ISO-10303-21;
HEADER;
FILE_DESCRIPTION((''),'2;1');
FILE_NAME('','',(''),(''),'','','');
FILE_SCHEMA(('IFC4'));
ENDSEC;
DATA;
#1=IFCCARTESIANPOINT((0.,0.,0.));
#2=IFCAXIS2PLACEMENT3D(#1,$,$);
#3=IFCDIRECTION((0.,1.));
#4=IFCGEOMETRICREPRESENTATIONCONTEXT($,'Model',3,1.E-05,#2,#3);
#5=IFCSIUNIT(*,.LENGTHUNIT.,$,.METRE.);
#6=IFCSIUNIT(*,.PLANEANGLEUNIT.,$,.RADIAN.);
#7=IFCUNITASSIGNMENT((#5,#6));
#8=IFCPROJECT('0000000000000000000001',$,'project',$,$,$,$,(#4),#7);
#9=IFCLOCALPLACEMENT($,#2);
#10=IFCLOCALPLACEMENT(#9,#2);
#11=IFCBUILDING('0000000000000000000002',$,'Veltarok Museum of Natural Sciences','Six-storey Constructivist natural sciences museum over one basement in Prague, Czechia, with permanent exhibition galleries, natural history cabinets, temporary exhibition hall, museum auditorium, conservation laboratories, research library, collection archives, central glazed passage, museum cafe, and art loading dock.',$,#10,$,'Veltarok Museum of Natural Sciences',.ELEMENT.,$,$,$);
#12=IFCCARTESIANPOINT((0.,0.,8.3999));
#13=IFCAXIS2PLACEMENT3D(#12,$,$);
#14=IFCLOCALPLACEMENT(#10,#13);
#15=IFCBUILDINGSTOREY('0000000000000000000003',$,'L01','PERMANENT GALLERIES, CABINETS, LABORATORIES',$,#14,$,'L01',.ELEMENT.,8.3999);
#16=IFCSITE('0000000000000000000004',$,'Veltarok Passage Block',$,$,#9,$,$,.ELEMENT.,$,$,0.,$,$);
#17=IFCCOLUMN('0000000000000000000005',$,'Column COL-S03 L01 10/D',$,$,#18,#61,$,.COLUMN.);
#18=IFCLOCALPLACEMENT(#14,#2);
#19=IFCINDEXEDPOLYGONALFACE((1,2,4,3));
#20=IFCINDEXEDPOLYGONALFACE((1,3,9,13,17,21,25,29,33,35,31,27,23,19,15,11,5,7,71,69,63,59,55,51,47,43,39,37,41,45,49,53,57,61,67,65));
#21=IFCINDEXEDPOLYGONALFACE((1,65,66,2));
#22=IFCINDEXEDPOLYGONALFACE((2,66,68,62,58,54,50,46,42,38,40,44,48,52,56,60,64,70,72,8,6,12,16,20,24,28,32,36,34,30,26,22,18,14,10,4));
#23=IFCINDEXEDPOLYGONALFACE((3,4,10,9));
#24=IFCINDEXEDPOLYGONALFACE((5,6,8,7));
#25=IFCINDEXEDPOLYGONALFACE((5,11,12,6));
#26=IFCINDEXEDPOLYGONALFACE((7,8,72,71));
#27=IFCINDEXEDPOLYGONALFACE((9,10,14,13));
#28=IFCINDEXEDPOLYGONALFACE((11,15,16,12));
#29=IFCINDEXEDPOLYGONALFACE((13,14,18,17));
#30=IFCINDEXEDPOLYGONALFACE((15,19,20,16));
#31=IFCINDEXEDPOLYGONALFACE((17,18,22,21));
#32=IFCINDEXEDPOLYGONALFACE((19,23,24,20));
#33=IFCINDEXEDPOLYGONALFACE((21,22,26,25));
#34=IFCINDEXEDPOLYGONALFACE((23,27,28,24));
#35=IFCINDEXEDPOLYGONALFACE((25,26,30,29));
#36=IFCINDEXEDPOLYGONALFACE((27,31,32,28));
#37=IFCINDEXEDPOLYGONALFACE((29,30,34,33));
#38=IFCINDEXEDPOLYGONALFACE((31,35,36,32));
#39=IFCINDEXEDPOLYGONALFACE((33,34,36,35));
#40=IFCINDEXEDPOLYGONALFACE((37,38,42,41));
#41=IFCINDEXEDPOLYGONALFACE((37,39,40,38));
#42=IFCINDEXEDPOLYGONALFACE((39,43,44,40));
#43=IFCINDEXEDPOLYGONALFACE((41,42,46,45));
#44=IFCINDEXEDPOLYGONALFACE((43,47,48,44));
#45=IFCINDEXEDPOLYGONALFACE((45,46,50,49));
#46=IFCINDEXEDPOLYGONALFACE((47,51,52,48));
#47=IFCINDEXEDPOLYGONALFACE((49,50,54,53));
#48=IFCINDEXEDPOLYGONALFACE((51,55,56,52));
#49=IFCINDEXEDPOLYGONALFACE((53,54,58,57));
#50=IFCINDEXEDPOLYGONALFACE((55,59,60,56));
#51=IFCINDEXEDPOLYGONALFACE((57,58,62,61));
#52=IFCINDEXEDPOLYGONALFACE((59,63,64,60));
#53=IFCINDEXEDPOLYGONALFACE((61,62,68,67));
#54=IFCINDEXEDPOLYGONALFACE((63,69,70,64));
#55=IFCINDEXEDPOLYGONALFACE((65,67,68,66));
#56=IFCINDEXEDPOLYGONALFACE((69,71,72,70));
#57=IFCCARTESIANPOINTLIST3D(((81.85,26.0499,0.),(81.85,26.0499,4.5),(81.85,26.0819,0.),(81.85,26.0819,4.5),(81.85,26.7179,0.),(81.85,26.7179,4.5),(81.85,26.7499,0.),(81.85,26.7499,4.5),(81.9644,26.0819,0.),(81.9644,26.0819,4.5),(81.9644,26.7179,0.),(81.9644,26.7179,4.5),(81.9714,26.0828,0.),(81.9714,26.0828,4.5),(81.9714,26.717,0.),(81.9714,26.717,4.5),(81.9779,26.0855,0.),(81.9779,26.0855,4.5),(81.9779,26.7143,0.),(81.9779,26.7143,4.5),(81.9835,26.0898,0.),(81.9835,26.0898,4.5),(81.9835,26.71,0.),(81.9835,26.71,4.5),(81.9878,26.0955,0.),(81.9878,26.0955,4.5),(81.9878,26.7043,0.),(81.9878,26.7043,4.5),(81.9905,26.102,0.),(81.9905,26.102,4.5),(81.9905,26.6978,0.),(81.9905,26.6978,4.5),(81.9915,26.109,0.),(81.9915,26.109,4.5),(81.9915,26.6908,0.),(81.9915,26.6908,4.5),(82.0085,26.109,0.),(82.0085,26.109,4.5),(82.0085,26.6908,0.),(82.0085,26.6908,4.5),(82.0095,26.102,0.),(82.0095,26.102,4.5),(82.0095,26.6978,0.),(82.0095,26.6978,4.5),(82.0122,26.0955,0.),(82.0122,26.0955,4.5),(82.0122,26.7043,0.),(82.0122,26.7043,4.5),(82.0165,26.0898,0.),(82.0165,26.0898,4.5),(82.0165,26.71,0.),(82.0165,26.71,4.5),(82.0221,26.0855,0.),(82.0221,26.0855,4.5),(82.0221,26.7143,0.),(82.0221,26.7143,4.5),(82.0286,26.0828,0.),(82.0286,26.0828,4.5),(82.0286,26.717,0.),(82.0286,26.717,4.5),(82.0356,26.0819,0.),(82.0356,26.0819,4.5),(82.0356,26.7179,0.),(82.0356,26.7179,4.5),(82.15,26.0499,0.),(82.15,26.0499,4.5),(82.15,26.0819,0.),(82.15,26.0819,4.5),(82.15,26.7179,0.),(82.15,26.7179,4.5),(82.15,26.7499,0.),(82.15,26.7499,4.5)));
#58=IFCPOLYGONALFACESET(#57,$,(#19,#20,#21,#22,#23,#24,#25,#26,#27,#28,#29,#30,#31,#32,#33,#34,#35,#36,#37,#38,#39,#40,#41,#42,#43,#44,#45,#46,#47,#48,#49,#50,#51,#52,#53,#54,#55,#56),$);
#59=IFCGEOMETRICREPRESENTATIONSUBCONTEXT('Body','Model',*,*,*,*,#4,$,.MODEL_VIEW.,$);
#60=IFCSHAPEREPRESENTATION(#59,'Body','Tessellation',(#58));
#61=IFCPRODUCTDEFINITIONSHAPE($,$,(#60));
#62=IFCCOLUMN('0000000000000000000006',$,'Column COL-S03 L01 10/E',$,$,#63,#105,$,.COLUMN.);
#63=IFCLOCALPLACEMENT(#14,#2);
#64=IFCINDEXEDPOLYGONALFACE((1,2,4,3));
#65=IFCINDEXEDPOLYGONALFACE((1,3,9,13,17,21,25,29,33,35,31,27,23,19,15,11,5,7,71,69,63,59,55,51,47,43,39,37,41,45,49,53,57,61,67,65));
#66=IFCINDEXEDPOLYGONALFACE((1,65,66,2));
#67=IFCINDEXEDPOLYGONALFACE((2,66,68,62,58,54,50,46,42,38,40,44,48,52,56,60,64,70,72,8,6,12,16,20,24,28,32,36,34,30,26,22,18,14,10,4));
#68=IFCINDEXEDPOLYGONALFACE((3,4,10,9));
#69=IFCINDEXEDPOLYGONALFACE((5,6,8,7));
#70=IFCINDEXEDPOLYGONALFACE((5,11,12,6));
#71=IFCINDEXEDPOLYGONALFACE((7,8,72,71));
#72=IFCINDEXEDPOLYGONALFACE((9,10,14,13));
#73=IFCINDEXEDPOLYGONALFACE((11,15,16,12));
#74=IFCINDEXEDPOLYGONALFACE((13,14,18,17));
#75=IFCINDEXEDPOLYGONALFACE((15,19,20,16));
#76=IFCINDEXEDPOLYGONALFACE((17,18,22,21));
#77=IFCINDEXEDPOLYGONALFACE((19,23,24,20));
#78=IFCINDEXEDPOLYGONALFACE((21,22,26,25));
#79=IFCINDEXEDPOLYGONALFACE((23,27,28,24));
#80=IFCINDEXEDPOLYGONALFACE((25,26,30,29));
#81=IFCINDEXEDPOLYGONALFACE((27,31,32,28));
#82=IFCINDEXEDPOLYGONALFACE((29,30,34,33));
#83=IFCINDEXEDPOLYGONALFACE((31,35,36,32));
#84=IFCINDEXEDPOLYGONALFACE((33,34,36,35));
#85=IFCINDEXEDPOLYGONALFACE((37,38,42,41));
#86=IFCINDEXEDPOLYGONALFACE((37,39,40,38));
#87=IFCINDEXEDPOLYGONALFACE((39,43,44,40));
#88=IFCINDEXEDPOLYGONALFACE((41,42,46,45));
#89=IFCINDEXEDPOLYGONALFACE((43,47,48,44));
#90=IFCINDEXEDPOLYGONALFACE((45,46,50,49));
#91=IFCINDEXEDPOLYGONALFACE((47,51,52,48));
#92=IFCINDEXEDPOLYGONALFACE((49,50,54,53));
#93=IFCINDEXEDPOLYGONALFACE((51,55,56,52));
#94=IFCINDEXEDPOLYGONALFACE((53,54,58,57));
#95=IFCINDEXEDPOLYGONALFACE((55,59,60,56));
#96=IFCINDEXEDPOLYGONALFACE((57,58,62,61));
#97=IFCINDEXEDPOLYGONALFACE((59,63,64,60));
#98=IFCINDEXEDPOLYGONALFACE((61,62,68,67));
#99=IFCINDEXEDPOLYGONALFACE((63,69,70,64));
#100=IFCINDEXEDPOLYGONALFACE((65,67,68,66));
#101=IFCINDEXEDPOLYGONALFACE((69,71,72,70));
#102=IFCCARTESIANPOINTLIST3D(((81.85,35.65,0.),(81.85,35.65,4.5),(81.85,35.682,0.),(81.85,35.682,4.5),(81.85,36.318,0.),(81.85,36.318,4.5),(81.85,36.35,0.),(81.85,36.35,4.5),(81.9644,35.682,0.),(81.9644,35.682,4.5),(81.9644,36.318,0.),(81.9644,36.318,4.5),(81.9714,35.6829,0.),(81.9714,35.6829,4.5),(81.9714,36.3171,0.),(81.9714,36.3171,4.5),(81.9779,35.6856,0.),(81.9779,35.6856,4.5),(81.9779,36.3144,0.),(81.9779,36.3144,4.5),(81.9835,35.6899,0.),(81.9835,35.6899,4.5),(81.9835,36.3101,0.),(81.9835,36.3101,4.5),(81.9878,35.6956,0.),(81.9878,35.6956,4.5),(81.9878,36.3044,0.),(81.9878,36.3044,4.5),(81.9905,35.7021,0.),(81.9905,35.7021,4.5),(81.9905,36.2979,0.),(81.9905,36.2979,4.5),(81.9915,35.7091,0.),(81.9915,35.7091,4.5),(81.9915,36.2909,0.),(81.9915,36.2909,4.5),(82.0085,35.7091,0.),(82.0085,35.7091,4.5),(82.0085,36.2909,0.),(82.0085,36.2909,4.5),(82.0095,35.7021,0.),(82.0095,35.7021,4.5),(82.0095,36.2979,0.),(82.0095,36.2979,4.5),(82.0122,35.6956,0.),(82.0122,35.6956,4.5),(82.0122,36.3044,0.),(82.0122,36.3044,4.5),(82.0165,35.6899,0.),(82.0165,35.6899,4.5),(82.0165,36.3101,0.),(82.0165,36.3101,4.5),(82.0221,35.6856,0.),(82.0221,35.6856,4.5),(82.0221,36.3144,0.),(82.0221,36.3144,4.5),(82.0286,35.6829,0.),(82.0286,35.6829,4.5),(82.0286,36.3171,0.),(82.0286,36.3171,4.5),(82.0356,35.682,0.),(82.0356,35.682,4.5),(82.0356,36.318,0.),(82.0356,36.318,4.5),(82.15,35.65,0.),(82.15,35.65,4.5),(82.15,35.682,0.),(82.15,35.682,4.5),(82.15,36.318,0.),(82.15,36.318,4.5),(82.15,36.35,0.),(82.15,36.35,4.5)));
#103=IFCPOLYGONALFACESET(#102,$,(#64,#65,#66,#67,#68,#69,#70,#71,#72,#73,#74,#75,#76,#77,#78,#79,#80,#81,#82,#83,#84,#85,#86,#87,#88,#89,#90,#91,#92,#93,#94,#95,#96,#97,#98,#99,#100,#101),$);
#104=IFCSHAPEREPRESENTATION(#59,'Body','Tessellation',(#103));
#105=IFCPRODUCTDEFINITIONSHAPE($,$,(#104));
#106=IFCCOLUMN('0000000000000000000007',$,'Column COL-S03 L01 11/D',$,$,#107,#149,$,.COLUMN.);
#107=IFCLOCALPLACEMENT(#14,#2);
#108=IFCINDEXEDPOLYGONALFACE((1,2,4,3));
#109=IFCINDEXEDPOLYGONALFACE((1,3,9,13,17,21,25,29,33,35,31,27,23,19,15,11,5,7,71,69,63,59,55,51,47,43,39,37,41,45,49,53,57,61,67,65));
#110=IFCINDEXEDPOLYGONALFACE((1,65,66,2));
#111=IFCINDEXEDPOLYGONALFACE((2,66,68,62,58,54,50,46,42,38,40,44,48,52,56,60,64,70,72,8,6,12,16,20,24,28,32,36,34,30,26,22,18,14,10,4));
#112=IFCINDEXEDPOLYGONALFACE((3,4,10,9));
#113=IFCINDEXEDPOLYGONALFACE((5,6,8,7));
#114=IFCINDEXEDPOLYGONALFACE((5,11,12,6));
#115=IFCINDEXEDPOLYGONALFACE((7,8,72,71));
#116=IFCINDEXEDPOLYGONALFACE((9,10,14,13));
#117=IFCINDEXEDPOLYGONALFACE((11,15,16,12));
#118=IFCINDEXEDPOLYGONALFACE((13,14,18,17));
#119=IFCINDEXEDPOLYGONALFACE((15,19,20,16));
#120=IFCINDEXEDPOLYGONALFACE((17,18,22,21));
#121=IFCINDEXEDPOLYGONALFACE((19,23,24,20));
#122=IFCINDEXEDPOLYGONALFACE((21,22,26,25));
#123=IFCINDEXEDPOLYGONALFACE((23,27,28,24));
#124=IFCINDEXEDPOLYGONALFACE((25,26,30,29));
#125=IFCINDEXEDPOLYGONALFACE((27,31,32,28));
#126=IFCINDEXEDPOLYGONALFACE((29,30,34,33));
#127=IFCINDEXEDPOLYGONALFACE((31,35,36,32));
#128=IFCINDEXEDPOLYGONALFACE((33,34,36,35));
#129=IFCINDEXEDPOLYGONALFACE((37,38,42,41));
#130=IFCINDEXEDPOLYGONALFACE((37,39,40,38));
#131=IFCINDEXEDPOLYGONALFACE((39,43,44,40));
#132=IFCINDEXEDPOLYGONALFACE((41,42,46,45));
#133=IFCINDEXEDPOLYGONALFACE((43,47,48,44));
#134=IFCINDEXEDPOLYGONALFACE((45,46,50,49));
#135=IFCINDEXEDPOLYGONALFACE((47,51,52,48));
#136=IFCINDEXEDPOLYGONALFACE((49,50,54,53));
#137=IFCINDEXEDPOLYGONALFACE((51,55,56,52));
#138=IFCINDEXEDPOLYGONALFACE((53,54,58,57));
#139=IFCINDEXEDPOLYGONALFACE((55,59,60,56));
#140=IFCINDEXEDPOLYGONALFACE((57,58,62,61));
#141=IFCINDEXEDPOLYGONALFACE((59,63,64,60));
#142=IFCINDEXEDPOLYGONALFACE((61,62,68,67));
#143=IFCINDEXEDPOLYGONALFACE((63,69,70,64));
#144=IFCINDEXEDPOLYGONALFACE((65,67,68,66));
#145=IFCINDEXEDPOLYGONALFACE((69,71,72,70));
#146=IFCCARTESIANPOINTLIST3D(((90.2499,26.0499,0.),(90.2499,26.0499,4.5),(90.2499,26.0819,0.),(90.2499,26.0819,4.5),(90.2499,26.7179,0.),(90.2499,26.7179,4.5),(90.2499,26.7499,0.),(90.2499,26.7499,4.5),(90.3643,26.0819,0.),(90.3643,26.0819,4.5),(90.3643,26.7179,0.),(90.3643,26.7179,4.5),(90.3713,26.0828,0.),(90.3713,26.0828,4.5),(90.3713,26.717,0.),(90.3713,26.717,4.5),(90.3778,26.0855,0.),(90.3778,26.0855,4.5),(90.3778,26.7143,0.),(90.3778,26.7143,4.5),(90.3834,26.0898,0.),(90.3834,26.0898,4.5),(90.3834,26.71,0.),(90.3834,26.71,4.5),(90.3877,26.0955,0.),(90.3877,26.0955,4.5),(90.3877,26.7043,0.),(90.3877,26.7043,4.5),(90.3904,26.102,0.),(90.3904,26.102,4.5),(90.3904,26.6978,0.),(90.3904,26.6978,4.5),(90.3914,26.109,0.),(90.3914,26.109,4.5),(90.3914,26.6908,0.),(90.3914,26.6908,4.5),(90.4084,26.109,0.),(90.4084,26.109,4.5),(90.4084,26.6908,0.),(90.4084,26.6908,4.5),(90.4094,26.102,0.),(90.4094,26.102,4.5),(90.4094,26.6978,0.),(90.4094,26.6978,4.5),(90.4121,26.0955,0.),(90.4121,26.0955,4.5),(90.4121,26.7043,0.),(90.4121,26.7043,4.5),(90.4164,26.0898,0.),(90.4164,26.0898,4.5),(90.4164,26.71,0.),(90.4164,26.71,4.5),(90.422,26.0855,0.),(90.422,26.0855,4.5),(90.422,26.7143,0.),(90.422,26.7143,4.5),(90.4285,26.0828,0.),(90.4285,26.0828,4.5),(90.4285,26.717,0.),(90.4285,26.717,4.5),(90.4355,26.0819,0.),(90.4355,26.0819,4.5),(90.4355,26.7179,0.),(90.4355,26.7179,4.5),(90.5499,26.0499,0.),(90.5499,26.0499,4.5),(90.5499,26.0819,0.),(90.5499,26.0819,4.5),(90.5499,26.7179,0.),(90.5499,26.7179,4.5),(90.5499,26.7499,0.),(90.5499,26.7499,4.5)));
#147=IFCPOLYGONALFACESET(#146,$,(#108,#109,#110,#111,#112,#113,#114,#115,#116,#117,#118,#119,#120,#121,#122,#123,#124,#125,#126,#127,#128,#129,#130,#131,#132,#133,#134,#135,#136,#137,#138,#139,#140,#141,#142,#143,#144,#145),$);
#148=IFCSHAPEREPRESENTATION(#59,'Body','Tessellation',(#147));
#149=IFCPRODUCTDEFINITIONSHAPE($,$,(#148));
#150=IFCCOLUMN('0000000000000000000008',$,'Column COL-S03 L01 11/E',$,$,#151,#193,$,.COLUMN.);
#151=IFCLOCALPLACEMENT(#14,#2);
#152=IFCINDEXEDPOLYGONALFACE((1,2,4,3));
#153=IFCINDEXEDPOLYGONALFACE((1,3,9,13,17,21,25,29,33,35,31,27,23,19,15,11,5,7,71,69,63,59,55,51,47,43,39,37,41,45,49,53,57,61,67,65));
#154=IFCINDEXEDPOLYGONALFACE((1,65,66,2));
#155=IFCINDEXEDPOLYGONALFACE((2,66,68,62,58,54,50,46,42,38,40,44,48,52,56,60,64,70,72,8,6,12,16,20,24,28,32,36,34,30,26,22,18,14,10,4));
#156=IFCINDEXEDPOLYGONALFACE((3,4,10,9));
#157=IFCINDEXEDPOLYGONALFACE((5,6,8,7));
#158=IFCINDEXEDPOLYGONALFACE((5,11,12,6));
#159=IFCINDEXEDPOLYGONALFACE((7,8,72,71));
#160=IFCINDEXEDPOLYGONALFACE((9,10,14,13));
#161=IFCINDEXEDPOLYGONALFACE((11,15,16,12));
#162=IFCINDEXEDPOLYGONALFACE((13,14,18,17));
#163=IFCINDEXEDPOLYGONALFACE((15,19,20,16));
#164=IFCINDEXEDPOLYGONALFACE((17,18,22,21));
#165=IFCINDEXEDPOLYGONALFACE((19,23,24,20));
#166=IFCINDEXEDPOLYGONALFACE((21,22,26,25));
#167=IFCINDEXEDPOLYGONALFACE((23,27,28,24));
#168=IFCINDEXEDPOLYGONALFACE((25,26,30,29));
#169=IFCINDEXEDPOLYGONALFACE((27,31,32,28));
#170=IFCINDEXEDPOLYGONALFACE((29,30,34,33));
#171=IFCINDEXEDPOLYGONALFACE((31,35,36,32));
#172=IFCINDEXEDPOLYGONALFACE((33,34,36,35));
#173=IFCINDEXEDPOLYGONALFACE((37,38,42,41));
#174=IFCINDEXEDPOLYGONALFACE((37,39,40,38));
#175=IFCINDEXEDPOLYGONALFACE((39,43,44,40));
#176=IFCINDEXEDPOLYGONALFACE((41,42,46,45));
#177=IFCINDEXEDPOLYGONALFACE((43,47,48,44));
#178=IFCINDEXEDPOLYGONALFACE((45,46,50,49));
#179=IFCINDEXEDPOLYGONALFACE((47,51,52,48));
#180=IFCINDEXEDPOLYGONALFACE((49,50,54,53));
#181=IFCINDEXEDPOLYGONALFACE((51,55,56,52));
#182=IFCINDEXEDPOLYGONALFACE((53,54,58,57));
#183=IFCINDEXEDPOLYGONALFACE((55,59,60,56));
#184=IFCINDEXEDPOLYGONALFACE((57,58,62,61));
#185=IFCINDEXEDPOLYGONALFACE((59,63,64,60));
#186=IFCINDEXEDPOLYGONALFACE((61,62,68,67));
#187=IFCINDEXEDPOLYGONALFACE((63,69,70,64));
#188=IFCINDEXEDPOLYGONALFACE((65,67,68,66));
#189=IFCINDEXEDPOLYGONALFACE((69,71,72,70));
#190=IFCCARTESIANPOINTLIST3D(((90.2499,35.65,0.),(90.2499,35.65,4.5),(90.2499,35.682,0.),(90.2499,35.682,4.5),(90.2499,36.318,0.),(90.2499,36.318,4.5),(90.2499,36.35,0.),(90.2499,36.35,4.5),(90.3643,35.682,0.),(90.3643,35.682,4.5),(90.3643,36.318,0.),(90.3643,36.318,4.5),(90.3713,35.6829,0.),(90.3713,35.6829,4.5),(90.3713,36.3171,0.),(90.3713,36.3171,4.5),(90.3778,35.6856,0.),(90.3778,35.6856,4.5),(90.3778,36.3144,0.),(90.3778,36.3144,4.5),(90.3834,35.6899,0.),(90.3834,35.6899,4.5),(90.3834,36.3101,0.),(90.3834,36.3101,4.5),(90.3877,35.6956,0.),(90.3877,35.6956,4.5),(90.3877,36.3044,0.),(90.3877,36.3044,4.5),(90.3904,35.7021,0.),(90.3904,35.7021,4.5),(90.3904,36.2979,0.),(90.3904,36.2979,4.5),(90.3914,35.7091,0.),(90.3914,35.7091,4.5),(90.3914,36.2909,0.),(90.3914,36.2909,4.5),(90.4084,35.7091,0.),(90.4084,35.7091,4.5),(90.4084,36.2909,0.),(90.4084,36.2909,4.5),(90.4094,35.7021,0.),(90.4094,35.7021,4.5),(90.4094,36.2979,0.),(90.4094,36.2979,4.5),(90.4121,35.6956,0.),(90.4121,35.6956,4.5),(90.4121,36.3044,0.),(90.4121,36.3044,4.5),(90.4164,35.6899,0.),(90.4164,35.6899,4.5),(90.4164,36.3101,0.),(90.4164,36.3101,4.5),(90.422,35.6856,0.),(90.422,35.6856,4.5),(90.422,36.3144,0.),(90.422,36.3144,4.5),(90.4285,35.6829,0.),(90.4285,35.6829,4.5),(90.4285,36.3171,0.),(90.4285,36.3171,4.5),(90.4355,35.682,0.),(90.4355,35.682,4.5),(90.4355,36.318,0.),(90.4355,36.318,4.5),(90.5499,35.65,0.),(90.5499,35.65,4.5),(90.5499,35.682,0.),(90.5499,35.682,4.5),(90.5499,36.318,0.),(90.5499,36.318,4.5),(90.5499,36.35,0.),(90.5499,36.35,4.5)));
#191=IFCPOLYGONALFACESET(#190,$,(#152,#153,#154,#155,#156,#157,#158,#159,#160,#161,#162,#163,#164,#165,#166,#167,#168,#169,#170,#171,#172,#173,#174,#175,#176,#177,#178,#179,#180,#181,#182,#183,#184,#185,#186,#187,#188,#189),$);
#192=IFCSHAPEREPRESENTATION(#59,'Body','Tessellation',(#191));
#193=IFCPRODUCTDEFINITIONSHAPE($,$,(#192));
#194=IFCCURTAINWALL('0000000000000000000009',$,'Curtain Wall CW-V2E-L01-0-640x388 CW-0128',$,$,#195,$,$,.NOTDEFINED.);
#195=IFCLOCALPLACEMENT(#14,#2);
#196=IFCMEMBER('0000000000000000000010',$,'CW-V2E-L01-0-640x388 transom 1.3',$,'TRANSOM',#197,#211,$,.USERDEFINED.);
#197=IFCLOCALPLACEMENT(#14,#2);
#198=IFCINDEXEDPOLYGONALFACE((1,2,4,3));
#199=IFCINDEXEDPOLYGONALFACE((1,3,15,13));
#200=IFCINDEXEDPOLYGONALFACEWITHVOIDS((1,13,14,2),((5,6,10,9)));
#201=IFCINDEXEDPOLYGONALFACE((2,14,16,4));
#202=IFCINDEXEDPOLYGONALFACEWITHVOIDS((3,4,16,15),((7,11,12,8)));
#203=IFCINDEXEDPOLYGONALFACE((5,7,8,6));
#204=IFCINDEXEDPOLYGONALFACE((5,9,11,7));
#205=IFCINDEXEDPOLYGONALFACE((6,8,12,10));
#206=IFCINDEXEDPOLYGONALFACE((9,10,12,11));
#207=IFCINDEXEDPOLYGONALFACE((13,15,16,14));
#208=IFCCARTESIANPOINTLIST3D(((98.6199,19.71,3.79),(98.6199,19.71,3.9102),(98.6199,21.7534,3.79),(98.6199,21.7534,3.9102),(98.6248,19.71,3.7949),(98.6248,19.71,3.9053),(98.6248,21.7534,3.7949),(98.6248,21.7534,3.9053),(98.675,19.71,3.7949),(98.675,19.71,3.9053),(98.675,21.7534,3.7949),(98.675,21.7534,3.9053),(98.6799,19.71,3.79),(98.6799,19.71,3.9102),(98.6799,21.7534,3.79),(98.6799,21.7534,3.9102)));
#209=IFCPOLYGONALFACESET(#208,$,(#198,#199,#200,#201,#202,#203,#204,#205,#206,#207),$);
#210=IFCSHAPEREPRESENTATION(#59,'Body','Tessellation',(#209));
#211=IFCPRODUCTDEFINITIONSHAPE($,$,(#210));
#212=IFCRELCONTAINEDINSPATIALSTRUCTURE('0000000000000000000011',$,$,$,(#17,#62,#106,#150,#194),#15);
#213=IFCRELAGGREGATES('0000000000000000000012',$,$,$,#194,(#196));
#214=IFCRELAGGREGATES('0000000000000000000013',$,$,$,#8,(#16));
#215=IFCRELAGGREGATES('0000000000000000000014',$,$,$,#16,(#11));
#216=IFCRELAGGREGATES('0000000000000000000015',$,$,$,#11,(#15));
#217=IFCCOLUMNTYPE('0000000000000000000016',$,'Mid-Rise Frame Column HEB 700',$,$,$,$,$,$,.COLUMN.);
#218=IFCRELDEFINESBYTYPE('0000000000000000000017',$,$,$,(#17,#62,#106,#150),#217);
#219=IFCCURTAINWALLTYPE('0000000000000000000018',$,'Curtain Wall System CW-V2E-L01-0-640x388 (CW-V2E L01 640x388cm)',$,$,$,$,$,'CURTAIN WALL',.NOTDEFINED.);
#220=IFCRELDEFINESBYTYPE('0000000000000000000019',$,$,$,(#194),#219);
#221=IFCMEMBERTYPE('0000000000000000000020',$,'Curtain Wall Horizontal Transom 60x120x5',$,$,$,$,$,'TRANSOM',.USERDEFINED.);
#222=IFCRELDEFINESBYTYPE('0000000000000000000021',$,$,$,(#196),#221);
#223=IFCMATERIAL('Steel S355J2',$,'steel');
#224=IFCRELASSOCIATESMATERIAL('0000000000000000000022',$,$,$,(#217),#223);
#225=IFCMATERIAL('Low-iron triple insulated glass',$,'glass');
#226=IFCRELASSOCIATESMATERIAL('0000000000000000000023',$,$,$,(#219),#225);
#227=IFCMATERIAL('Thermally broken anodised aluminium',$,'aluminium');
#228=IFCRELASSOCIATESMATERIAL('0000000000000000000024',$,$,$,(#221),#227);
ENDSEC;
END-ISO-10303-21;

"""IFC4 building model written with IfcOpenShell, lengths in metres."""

from ifc_helpers import new_model, si_unit, direction, frame, origin, origin_2d, place, context, subcontext, project, spatial, hollow_rectangle, i_section, extrude, material, material_profile, profile_set, type_object, element, aggregate, save


model = new_model("IFC4")

# Units and contexts
model_context = context("Model", 3, precision=1e-05, world=origin(), true_north=direction((0.0, 1.0)))
body_context = subcontext(model_context, "Body", "Model", "MODEL_VIEW")
ifc_project = project(units=[si_unit("LENGTHUNIT", "METRE"), si_unit("PLANEANGLEUNIT", "RADIAN")], contexts=[model_context])

# Site, building, storey
site_placement = place(None, origin())
site = spatial("IfcSite", under=ifc_project, at=site_placement, Name="Veltarok Passage Block", CompositionType="ELEMENT", RefElevation=0.0)
building_placement = place(site_placement, origin())
building = spatial("IfcBuilding", under=site, at=building_placement, Name="Veltarok Museum of Natural Sciences", Description="Six-storey Constructivist natural sciences museum over one basement in Prague, Czechia, with permanent exhibition galleries, natural history cabinets, temporary exhibition hall, museum auditorium, conservation laboratories, research library, collection archives, central glazed passage, museum cafe, and art loading dock.", LongName="Veltarok Museum of Natural Sciences", CompositionType="ELEMENT")
storey_placement = place(building_placement, frame((0.0, 0.0, 8.3999)))
storey = spatial("IfcBuildingStorey", under=building, at=storey_placement, Name="L01", Description="PERMANENT GALLERIES, CABINETS, LABORATORIES", LongName="L01", CompositionType="ELEMENT", Elevation=8.3999)

# Columns
ifc_material_1 = material(Name="Steel S355J2", Category="steel")
ifc_material_profile_1 = material_profile(ifc_material_1, i_section(OverallWidth=0.3, OverallDepth=0.7, WebThickness=0.0171, FlangeThickness=0.032, FilletRadius=0.0271, at=origin_2d()), Name="HEB 700")
ifc_profile_set_1 = profile_set([ifc_material_profile_1], Name="Steel S355J2")
column_type = type_object("IfcColumnType", Name="Mid-Rise Frame Column HEB 700", PredefinedType="COLUMN", material=ifc_profile_set_1)
for number, where, z_axis, x_axis, name in (
    (1, (82.0, 26.3999, 0.0), (0.0, 0.0, 1.0), (1.0, 0.0, 0.0), "Column COL-S03 L01 10/D"),
    (2, (82.0, 36.0, 0.0), (0.0, 0.0, 1.0), (1.0, 0.0, 0.0), "Column COL-S03 L01 10/E"),
    (3, (90.3999, 26.3999, 0.0), (0.0, 0.0, 1.0), (1.0, 0.0, 0.0), "Column COL-S03 L01 11/D"),
    (4, (90.3999, 36.0, 0.0), (0.0, 0.0, 1.0), (1.0, 0.0, 0.0), "Column COL-S03 L01 11/E"),
):
    element("IfcColumn", number, at=place(storey_placement, frame(where, z_axis=z_axis, x_axis=x_axis)), inside=storey, type_object=column_type, Name=name, PredefinedType="COLUMN", context=body_context, shape_type="SweptSolid", body=[
        extrude(i_section(OverallWidth=0.3, OverallDepth=0.7, WebThickness=0.0171, FlangeThickness=0.032, FilletRadius=0.0271, at=origin_2d()), origin(), (0.0, 0.0, 1.0), 4.5),
    ])

# Curtain wall, member
ifc_material_2 = material(Name="Low-iron triple insulated glass", Category="glass")
curtain_wall_type = type_object("IfcCurtainWallType", Name="Curtain Wall System CW-V2E-L01-0-640x388 (CW-V2E L01 640x388cm)", ElementType="CURTAIN WALL", PredefinedType="NOTDEFINED", material=ifc_material_2)
curtain_wall_placement = place(storey_placement, origin())
curtain_wall = element("IfcCurtainWall", 5, at=curtain_wall_placement, inside=storey, type_object=curtain_wall_type, Name="Curtain Wall CW-V2E-L01-0-640x388 CW-0128", PredefinedType="NOTDEFINED")
ifc_material_3 = material(Name="Thermally broken anodised aluminium", Category="aluminium")
ifc_material_profile_2 = material_profile(ifc_material_3, hollow_rectangle(XDim=0.0601, YDim=0.1201, WallThickness=0.0049, at=origin_2d()), Name="CW TRANSOM 60x120x5")
ifc_profile_set_2 = profile_set([ifc_material_profile_2], Name="Thermally broken anodised aluminium")
member_type_1 = type_object("IfcMemberType", Name="Curtain Wall Horizontal Transom 60x120x5", ElementType="TRANSOM", PredefinedType="USERDEFINED", material=ifc_profile_set_2)
member_1_placement = place(storey_placement, frame((98.6499, 19.71, 3.8501), z_axis=(0.0, 1.0, 0.0), x_axis=(-1.0, 0.0, 0.0)))
member_1 = element("IfcMember", 6, at=member_1_placement, type_object=member_type_1, Name="CW-V2E-L01-0-640x388 transom 1.3", ObjectType="TRANSOM", PredefinedType="USERDEFINED", context=body_context, shape_type="SweptSolid", body=[
    extrude(hollow_rectangle(XDim=0.0601, YDim=0.1201, WallThickness=0.0049, at=origin_2d()), origin(), (0.0, 0.0, 1.0), 2.0435),
])

aggregate(curtain_wall, [member_1])

save(model, "model.ifc")
